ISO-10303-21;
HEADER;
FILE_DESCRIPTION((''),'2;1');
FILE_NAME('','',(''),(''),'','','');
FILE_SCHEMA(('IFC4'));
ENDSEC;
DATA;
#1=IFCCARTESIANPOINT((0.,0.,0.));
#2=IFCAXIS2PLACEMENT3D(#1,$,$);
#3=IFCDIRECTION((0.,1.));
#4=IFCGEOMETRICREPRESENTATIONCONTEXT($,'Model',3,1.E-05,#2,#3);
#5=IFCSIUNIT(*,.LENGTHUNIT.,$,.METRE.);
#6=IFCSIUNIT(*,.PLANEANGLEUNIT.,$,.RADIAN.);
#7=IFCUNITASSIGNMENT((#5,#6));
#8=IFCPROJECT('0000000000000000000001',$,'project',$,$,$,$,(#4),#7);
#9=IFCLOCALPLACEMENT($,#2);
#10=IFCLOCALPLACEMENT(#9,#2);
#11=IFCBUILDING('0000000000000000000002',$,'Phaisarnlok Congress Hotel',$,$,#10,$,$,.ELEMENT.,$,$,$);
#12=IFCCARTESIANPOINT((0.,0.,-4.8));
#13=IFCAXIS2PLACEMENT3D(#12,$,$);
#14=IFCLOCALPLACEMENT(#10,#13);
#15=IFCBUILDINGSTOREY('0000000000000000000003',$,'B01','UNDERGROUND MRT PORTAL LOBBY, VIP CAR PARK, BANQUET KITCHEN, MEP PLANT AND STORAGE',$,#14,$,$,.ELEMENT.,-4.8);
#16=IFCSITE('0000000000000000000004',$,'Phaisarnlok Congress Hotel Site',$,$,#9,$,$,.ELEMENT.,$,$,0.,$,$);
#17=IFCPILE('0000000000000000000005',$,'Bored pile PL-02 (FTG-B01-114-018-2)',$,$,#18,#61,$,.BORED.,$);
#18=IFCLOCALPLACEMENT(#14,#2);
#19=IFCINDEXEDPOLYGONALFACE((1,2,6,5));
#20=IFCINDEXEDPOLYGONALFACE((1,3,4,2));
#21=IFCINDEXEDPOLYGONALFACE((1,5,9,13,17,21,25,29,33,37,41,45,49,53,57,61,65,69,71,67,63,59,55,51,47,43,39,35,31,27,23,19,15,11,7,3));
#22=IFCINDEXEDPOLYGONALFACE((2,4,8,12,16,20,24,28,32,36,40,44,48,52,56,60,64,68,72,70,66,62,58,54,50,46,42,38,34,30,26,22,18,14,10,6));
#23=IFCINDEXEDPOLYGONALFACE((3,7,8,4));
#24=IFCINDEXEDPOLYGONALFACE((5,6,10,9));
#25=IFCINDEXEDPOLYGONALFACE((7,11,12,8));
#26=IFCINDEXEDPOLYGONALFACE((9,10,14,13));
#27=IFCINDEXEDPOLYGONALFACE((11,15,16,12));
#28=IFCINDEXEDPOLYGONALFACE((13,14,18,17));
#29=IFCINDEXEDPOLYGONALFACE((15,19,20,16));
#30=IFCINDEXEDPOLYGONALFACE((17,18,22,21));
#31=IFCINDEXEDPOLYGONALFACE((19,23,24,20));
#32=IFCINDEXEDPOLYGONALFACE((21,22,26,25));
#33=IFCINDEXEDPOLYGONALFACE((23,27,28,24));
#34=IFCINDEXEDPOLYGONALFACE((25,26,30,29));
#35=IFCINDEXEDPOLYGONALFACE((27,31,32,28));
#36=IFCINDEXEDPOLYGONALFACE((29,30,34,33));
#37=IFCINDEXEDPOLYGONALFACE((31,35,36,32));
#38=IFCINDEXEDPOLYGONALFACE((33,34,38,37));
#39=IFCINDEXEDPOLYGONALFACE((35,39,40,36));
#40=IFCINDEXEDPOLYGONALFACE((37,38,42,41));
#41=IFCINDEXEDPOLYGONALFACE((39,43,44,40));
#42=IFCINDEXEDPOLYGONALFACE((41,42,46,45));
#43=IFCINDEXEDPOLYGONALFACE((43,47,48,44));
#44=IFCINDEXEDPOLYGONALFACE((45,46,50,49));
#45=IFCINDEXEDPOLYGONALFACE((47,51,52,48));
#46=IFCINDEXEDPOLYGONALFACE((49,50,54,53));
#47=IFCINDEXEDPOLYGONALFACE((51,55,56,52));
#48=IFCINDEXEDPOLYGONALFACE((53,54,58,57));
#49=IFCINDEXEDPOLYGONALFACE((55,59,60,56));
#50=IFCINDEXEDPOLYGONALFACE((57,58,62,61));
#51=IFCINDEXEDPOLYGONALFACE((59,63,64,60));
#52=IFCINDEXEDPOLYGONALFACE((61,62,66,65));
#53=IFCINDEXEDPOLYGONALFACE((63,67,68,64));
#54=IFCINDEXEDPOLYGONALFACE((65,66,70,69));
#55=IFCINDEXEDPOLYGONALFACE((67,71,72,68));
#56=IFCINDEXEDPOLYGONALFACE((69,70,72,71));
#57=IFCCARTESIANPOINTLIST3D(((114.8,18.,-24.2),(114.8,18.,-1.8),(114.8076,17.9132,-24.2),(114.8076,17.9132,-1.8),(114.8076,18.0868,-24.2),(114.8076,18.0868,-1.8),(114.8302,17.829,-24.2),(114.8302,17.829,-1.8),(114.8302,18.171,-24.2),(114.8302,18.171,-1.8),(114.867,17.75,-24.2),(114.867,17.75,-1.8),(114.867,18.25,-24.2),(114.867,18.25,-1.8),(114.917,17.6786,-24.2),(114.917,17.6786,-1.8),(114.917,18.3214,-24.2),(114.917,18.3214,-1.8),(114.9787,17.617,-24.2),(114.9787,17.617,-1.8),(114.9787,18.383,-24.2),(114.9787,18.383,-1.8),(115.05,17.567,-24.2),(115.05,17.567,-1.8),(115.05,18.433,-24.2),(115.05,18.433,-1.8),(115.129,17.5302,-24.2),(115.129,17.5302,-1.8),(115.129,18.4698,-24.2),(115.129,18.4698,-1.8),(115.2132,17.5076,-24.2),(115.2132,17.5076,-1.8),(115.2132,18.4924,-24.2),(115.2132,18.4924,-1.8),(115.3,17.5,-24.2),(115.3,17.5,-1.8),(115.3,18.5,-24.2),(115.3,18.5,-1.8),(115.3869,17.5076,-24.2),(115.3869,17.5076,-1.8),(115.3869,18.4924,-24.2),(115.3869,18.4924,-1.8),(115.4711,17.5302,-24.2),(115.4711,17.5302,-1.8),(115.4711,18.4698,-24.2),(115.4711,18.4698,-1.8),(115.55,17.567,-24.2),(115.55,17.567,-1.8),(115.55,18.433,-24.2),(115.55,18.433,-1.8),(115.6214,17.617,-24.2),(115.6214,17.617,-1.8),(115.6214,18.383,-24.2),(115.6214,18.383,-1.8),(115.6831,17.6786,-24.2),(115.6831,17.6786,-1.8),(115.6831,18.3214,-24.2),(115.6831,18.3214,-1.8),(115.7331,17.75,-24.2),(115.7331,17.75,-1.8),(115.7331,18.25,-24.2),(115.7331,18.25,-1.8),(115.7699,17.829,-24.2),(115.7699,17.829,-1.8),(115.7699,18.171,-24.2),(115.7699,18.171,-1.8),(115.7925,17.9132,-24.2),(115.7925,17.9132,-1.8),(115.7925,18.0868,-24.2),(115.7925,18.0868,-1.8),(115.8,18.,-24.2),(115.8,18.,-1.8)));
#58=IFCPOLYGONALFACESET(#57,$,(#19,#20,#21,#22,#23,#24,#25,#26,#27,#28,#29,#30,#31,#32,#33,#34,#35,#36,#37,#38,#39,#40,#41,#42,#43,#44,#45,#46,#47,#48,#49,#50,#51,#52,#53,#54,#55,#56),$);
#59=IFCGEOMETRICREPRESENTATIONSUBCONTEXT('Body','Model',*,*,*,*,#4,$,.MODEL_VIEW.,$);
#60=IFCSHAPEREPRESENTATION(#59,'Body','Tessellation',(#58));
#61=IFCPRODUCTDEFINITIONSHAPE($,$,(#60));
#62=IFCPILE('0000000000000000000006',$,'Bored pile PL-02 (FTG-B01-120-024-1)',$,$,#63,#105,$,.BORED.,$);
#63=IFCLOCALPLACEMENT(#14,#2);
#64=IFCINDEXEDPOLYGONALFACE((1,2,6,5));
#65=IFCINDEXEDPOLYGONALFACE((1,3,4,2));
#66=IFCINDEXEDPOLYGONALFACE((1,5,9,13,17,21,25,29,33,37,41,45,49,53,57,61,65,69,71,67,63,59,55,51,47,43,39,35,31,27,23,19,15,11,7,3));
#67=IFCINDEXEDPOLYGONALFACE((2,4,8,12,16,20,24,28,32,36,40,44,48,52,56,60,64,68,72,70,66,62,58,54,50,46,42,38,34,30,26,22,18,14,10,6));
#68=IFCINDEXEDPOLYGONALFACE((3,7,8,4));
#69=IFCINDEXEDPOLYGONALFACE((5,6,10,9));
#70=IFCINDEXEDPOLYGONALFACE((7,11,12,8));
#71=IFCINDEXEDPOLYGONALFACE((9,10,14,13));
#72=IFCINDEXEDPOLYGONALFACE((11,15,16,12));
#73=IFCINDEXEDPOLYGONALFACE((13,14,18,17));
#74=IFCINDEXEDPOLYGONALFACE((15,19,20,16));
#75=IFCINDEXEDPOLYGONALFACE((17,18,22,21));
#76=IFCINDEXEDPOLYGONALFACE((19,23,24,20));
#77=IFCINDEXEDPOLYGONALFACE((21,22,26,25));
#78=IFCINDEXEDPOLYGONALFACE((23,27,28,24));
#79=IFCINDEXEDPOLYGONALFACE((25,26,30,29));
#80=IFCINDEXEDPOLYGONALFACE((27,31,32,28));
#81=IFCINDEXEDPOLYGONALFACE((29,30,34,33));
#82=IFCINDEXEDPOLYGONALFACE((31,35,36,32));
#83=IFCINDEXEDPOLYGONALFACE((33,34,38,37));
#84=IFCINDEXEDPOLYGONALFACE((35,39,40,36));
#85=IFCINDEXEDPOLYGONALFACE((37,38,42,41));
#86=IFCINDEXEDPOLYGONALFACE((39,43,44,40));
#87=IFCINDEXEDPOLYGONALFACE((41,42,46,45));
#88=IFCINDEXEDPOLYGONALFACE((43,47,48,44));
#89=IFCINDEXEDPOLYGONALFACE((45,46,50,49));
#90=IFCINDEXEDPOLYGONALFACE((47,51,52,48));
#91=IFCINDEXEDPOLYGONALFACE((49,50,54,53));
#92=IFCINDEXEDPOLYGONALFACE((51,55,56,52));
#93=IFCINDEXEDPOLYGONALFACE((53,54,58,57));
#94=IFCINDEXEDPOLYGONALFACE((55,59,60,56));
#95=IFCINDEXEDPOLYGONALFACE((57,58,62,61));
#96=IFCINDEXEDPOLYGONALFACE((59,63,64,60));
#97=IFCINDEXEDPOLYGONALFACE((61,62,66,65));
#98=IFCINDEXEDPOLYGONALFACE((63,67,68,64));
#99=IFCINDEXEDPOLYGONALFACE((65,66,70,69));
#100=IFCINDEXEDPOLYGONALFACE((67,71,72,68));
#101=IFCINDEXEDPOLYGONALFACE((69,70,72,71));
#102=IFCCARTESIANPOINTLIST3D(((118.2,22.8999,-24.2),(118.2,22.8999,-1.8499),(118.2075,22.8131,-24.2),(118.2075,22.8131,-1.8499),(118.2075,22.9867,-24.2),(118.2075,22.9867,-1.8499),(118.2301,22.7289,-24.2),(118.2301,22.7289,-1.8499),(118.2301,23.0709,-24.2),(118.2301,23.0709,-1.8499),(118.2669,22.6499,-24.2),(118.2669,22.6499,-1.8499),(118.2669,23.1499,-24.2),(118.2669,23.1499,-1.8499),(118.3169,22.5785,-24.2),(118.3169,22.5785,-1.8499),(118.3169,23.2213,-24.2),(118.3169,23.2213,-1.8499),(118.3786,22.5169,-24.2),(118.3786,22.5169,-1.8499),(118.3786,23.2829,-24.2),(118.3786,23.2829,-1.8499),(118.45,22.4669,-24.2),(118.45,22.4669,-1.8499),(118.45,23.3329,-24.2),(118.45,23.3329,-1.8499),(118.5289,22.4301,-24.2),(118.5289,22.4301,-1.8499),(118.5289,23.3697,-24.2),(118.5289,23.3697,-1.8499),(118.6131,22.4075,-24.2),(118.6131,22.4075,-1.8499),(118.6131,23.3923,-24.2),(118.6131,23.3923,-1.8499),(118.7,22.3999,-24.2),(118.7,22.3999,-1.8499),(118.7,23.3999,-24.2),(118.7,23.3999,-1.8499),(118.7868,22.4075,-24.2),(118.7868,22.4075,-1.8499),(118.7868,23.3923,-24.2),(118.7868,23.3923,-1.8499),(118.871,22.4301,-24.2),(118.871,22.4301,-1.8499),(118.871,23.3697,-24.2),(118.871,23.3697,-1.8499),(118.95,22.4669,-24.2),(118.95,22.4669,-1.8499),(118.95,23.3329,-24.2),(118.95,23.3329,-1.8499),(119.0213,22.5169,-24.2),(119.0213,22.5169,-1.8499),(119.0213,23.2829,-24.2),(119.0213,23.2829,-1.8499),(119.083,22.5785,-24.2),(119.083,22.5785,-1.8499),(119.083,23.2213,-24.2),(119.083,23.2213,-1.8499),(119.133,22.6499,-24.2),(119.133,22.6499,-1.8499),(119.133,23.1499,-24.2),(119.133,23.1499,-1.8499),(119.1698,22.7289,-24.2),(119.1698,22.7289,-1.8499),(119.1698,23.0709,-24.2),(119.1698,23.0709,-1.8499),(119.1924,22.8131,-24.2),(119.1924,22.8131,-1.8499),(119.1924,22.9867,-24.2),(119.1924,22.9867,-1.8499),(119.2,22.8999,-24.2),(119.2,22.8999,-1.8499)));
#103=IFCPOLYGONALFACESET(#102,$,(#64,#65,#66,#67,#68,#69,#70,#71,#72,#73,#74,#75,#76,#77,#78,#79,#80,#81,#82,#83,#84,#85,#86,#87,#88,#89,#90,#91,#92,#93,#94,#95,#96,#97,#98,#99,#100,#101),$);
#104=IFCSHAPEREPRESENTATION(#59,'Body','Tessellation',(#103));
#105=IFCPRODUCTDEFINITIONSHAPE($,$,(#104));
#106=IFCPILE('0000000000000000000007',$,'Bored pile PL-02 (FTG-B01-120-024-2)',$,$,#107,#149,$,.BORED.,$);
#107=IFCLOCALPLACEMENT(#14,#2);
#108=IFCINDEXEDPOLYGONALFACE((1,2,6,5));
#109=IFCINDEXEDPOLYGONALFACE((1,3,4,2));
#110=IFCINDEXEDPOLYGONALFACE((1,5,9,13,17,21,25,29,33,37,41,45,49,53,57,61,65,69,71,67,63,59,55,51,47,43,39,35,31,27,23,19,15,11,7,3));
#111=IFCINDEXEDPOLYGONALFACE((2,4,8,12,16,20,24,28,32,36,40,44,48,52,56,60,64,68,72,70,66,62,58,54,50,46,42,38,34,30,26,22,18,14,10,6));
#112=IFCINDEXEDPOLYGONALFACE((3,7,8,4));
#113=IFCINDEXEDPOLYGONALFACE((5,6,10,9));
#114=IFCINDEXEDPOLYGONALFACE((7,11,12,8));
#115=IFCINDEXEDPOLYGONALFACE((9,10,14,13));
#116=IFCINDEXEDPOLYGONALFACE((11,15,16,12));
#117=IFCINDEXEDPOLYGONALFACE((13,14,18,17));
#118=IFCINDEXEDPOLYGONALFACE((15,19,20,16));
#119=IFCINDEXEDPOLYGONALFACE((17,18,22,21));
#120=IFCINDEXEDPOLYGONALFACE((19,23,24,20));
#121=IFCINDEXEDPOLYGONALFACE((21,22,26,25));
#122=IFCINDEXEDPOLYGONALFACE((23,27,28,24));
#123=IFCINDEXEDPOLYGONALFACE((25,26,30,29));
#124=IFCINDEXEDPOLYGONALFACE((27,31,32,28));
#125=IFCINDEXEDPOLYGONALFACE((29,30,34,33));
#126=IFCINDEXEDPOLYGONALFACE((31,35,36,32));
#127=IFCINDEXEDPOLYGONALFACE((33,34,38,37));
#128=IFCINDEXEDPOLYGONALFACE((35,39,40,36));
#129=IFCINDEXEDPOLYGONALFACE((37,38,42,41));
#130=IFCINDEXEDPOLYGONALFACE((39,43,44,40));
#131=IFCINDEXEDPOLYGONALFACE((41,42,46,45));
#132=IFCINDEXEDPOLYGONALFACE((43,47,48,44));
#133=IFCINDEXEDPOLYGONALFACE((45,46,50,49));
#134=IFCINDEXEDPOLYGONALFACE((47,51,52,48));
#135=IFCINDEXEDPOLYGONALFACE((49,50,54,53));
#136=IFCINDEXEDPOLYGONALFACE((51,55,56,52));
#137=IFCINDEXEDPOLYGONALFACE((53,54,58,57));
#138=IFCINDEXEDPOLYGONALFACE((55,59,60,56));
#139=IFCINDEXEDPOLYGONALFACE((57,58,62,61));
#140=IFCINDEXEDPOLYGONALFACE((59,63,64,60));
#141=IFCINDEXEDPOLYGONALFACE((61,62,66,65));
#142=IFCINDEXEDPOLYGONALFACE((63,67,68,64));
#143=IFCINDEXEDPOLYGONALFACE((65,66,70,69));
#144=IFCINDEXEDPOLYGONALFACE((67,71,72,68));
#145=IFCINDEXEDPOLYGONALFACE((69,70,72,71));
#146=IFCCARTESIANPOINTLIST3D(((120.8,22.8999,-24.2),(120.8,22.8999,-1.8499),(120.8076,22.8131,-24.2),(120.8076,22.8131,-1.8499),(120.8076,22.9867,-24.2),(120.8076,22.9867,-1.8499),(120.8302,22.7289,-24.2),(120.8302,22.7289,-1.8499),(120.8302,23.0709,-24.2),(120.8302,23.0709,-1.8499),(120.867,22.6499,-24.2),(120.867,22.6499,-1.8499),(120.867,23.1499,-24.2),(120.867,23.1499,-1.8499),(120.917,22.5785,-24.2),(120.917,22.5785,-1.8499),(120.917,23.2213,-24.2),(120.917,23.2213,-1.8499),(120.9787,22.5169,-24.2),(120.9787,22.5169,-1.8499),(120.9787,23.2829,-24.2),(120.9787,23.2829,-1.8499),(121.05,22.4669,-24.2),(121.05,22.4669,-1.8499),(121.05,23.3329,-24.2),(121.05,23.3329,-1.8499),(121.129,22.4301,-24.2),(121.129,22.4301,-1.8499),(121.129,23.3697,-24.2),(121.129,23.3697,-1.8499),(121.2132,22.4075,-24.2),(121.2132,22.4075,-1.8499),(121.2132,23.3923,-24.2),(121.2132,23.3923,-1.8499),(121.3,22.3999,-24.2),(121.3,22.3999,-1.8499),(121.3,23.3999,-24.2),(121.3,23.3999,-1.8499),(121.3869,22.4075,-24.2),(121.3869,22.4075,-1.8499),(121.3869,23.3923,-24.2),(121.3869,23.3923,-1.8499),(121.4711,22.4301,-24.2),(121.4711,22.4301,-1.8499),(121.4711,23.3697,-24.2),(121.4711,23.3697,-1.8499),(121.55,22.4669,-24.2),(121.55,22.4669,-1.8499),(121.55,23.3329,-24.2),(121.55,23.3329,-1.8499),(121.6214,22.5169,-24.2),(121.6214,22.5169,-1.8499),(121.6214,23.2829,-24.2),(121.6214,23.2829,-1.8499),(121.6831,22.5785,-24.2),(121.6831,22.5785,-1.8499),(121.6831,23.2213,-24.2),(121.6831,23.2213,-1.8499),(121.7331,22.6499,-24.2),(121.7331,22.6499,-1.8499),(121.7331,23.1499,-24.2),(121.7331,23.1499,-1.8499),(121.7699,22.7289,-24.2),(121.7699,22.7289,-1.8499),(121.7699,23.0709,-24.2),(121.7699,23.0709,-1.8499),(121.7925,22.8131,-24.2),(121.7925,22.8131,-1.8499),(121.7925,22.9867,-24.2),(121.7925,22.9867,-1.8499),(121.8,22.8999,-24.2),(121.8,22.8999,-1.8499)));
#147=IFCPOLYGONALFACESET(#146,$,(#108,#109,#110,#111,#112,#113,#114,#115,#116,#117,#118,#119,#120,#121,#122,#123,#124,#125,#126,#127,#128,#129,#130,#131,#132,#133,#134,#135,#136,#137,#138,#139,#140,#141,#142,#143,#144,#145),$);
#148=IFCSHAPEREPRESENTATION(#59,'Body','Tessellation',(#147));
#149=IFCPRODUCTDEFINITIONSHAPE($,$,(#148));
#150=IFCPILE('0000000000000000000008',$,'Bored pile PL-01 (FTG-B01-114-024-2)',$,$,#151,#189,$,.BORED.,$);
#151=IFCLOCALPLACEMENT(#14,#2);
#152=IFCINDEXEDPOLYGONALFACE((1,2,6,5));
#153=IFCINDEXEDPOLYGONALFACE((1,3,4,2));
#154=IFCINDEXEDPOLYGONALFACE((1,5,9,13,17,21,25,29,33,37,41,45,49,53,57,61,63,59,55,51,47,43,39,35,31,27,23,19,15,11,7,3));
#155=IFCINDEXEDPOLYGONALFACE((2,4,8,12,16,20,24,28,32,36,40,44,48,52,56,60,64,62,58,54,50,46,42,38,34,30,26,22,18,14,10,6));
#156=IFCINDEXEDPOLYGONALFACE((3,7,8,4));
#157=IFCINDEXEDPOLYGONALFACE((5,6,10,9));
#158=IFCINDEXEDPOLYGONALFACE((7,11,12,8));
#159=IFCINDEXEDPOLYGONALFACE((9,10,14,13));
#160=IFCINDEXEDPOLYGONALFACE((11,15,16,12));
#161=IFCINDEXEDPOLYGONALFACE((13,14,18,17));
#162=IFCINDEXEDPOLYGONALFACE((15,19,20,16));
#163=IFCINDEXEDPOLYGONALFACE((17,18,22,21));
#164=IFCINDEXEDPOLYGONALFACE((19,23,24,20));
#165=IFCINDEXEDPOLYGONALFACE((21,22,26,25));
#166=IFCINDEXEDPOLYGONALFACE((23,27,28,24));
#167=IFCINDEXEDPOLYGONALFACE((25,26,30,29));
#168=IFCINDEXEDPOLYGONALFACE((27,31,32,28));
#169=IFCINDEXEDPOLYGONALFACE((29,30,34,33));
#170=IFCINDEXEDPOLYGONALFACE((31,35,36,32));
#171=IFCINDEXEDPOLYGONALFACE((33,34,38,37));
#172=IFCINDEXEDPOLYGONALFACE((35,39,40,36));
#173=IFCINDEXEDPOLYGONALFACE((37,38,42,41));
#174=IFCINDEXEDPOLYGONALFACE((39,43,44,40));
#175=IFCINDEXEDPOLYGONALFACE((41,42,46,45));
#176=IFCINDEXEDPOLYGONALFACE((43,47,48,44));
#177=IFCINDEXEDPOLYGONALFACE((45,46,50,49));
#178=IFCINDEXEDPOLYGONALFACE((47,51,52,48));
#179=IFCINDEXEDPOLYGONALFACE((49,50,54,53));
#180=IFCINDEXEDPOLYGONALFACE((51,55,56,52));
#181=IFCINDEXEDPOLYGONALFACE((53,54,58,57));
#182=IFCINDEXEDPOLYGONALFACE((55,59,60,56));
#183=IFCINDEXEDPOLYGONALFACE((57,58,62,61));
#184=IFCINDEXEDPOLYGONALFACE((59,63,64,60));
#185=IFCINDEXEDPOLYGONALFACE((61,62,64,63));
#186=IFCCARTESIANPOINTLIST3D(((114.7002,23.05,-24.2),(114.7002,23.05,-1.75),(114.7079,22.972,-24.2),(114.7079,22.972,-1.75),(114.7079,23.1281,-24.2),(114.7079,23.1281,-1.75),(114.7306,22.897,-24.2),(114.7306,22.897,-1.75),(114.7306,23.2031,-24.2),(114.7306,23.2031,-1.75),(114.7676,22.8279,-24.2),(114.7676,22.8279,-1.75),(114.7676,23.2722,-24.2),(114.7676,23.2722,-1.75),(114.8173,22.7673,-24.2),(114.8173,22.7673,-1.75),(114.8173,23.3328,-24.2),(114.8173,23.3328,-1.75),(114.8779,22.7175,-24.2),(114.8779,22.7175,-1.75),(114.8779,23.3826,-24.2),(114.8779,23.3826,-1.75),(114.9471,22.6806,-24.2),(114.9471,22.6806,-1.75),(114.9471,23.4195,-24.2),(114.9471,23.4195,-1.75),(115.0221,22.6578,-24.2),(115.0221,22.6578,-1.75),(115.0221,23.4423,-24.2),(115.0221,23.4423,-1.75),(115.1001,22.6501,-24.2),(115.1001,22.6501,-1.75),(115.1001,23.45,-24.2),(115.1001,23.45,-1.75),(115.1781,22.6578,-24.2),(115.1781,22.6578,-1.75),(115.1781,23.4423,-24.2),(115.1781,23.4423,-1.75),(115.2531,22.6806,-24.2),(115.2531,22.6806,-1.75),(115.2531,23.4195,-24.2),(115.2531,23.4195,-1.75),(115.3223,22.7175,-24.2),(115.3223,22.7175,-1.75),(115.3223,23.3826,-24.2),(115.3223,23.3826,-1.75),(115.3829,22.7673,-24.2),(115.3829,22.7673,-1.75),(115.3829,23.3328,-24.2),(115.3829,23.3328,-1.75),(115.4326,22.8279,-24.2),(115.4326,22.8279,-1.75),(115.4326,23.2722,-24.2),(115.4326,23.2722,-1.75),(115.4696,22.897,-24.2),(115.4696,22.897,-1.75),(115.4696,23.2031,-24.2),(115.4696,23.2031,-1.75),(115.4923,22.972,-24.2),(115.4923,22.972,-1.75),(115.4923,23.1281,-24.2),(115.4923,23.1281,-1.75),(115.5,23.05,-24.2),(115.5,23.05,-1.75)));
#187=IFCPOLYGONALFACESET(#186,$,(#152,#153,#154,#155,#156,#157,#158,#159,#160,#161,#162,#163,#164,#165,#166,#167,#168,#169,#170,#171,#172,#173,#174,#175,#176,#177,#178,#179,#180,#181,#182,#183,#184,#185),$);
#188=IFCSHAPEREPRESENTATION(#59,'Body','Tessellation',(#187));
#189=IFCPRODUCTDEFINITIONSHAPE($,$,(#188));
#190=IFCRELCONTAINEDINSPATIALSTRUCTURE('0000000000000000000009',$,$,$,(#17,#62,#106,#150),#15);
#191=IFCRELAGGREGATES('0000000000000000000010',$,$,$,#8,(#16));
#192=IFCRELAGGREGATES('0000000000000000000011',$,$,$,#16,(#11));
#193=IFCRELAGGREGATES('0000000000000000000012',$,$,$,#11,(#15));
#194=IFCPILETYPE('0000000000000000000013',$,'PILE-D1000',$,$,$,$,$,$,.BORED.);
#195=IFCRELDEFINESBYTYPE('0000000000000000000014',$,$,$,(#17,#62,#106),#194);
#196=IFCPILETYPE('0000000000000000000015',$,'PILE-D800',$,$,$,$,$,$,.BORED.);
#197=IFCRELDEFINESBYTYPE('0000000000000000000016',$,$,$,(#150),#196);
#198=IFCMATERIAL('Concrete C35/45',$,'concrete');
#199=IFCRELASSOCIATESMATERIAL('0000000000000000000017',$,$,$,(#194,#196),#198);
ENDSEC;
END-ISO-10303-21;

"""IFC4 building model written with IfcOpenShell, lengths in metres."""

from ifc_helpers import new_model, si_unit, direction, frame, origin, origin_2d, place, context, subcontext, project, spatial, circle, extrude, material, material_profile, profile_set, type_object, element, save


model = new_model("IFC4")

# Units and contexts
model_context = context("Model", 3, precision=1e-05, world=origin(), true_north=direction((0.0, 1.0)))
body_context = subcontext(model_context, "Body", "Model", "MODEL_VIEW")
ifc_project = project(units=[si_unit("LENGTHUNIT", "METRE"), si_unit("PLANEANGLEUNIT", "RADIAN")], contexts=[model_context])

# Site, building, storey
site_placement = place(None, origin())
site = spatial("IfcSite", under=ifc_project, at=site_placement, Name="Phaisarnlok Congress Hotel Site", CompositionType="ELEMENT", RefElevation=0.0)
building_placement = place(site_placement, origin())
building = spatial("IfcBuilding", under=site, at=building_placement, Name="Phaisarnlok Congress Hotel", CompositionType="ELEMENT")
storey_placement = place(building_placement, frame((0.0, 0.0, -4.8)))
storey = spatial("IfcBuildingStorey", under=building, at=storey_placement, Name="B01", Description="UNDERGROUND MRT PORTAL LOBBY, VIP CAR PARK, BANQUET KITCHEN, MEP PLANT AND STORAGE", CompositionType="ELEMENT", Elevation=-4.8)

# Piles
ifc_material_1 = material(Name="Concrete C35/45", Category="concrete")
ifc_material_profile_1 = material_profile(ifc_material_1, circle(Radius=0.5, at=origin_2d()), Name="BORED PILE D1000")
ifc_profile_set_1 = profile_set([ifc_material_profile_1], Name="Concrete C35/45")
pile_type_1 = type_object("IfcPileType", Name="PILE-D1000", PredefinedType="BORED", material=ifc_profile_set_1)
pile_placement = place(storey_placement, frame((115.3, 18.0, -1.8), z_axis=(0.0, 0.0, -1.0), x_axis=(1.0, 0.0, 0.0)))
element("IfcPile", 1, at=pile_placement, inside=storey, type_object=pile_type_1, Name="Bored pile PL-02 (FTG-B01-114-018-2)", PredefinedType="BORED", context=body_context, shape_type="SweptSolid", body=[
    extrude(circle(Radius=0.5, at=origin_2d()), origin(), (0.0, 0.0, 1.0), 22.3999),
])
for number, where, z_axis, x_axis, name in (
    (2, (118.7, 22.8999, -1.8499), (0.0, 0.0, -1.0), (1.0, 0.0, 0.0), "Bored pile PL-02 (FTG-B01-120-024-1)"),
    (3, (121.3, 22.8999, -1.8499), (0.0, 0.0, -1.0), (1.0, 0.0, 0.0), "Bored pile PL-02 (FTG-B01-120-024-2)"),
):
    element("IfcPile", number, at=place(storey_placement, frame(where, z_axis=z_axis, x_axis=x_axis)), inside=storey, type_object=pile_type_1, Name=name, PredefinedType="BORED", context=body_context, shape_type="SweptSolid", body=[
        extrude(circle(Radius=0.5, at=origin_2d()), origin(), (0.0, 0.0, 1.0), 22.3501),
    ])
ifc_material_profile_2 = material_profile(ifc_material_1, circle(Radius=0.3999, at=origin_2d()), Name="BORED PILE D800")
ifc_profile_set_2 = profile_set([ifc_material_profile_2], Name="Concrete C35/45")
pile_type_2 = type_object("IfcPileType", Name="PILE-D800", PredefinedType="BORED", material=ifc_profile_set_2)
for number, where, z_axis, x_axis, name in (
    (4, (115.1001, 23.05, -1.75), (0.0, 0.0, -1.0), (1.0, 0.0, 0.0), "Bored pile PL-01 (FTG-B01-114-024-2)"),
):
    element("IfcPile", number, at=place(storey_placement, frame(where, z_axis=z_axis, x_axis=x_axis)), inside=storey, type_object=pile_type_2, Name=name, PredefinedType="BORED", context=body_context, shape_type="SweptSolid", body=[
        extrude(circle(Radius=0.3999, at=origin_2d()), origin(), (0.0, 0.0, 1.0), 22.45),
    ])

save(model, "model.ifc")
